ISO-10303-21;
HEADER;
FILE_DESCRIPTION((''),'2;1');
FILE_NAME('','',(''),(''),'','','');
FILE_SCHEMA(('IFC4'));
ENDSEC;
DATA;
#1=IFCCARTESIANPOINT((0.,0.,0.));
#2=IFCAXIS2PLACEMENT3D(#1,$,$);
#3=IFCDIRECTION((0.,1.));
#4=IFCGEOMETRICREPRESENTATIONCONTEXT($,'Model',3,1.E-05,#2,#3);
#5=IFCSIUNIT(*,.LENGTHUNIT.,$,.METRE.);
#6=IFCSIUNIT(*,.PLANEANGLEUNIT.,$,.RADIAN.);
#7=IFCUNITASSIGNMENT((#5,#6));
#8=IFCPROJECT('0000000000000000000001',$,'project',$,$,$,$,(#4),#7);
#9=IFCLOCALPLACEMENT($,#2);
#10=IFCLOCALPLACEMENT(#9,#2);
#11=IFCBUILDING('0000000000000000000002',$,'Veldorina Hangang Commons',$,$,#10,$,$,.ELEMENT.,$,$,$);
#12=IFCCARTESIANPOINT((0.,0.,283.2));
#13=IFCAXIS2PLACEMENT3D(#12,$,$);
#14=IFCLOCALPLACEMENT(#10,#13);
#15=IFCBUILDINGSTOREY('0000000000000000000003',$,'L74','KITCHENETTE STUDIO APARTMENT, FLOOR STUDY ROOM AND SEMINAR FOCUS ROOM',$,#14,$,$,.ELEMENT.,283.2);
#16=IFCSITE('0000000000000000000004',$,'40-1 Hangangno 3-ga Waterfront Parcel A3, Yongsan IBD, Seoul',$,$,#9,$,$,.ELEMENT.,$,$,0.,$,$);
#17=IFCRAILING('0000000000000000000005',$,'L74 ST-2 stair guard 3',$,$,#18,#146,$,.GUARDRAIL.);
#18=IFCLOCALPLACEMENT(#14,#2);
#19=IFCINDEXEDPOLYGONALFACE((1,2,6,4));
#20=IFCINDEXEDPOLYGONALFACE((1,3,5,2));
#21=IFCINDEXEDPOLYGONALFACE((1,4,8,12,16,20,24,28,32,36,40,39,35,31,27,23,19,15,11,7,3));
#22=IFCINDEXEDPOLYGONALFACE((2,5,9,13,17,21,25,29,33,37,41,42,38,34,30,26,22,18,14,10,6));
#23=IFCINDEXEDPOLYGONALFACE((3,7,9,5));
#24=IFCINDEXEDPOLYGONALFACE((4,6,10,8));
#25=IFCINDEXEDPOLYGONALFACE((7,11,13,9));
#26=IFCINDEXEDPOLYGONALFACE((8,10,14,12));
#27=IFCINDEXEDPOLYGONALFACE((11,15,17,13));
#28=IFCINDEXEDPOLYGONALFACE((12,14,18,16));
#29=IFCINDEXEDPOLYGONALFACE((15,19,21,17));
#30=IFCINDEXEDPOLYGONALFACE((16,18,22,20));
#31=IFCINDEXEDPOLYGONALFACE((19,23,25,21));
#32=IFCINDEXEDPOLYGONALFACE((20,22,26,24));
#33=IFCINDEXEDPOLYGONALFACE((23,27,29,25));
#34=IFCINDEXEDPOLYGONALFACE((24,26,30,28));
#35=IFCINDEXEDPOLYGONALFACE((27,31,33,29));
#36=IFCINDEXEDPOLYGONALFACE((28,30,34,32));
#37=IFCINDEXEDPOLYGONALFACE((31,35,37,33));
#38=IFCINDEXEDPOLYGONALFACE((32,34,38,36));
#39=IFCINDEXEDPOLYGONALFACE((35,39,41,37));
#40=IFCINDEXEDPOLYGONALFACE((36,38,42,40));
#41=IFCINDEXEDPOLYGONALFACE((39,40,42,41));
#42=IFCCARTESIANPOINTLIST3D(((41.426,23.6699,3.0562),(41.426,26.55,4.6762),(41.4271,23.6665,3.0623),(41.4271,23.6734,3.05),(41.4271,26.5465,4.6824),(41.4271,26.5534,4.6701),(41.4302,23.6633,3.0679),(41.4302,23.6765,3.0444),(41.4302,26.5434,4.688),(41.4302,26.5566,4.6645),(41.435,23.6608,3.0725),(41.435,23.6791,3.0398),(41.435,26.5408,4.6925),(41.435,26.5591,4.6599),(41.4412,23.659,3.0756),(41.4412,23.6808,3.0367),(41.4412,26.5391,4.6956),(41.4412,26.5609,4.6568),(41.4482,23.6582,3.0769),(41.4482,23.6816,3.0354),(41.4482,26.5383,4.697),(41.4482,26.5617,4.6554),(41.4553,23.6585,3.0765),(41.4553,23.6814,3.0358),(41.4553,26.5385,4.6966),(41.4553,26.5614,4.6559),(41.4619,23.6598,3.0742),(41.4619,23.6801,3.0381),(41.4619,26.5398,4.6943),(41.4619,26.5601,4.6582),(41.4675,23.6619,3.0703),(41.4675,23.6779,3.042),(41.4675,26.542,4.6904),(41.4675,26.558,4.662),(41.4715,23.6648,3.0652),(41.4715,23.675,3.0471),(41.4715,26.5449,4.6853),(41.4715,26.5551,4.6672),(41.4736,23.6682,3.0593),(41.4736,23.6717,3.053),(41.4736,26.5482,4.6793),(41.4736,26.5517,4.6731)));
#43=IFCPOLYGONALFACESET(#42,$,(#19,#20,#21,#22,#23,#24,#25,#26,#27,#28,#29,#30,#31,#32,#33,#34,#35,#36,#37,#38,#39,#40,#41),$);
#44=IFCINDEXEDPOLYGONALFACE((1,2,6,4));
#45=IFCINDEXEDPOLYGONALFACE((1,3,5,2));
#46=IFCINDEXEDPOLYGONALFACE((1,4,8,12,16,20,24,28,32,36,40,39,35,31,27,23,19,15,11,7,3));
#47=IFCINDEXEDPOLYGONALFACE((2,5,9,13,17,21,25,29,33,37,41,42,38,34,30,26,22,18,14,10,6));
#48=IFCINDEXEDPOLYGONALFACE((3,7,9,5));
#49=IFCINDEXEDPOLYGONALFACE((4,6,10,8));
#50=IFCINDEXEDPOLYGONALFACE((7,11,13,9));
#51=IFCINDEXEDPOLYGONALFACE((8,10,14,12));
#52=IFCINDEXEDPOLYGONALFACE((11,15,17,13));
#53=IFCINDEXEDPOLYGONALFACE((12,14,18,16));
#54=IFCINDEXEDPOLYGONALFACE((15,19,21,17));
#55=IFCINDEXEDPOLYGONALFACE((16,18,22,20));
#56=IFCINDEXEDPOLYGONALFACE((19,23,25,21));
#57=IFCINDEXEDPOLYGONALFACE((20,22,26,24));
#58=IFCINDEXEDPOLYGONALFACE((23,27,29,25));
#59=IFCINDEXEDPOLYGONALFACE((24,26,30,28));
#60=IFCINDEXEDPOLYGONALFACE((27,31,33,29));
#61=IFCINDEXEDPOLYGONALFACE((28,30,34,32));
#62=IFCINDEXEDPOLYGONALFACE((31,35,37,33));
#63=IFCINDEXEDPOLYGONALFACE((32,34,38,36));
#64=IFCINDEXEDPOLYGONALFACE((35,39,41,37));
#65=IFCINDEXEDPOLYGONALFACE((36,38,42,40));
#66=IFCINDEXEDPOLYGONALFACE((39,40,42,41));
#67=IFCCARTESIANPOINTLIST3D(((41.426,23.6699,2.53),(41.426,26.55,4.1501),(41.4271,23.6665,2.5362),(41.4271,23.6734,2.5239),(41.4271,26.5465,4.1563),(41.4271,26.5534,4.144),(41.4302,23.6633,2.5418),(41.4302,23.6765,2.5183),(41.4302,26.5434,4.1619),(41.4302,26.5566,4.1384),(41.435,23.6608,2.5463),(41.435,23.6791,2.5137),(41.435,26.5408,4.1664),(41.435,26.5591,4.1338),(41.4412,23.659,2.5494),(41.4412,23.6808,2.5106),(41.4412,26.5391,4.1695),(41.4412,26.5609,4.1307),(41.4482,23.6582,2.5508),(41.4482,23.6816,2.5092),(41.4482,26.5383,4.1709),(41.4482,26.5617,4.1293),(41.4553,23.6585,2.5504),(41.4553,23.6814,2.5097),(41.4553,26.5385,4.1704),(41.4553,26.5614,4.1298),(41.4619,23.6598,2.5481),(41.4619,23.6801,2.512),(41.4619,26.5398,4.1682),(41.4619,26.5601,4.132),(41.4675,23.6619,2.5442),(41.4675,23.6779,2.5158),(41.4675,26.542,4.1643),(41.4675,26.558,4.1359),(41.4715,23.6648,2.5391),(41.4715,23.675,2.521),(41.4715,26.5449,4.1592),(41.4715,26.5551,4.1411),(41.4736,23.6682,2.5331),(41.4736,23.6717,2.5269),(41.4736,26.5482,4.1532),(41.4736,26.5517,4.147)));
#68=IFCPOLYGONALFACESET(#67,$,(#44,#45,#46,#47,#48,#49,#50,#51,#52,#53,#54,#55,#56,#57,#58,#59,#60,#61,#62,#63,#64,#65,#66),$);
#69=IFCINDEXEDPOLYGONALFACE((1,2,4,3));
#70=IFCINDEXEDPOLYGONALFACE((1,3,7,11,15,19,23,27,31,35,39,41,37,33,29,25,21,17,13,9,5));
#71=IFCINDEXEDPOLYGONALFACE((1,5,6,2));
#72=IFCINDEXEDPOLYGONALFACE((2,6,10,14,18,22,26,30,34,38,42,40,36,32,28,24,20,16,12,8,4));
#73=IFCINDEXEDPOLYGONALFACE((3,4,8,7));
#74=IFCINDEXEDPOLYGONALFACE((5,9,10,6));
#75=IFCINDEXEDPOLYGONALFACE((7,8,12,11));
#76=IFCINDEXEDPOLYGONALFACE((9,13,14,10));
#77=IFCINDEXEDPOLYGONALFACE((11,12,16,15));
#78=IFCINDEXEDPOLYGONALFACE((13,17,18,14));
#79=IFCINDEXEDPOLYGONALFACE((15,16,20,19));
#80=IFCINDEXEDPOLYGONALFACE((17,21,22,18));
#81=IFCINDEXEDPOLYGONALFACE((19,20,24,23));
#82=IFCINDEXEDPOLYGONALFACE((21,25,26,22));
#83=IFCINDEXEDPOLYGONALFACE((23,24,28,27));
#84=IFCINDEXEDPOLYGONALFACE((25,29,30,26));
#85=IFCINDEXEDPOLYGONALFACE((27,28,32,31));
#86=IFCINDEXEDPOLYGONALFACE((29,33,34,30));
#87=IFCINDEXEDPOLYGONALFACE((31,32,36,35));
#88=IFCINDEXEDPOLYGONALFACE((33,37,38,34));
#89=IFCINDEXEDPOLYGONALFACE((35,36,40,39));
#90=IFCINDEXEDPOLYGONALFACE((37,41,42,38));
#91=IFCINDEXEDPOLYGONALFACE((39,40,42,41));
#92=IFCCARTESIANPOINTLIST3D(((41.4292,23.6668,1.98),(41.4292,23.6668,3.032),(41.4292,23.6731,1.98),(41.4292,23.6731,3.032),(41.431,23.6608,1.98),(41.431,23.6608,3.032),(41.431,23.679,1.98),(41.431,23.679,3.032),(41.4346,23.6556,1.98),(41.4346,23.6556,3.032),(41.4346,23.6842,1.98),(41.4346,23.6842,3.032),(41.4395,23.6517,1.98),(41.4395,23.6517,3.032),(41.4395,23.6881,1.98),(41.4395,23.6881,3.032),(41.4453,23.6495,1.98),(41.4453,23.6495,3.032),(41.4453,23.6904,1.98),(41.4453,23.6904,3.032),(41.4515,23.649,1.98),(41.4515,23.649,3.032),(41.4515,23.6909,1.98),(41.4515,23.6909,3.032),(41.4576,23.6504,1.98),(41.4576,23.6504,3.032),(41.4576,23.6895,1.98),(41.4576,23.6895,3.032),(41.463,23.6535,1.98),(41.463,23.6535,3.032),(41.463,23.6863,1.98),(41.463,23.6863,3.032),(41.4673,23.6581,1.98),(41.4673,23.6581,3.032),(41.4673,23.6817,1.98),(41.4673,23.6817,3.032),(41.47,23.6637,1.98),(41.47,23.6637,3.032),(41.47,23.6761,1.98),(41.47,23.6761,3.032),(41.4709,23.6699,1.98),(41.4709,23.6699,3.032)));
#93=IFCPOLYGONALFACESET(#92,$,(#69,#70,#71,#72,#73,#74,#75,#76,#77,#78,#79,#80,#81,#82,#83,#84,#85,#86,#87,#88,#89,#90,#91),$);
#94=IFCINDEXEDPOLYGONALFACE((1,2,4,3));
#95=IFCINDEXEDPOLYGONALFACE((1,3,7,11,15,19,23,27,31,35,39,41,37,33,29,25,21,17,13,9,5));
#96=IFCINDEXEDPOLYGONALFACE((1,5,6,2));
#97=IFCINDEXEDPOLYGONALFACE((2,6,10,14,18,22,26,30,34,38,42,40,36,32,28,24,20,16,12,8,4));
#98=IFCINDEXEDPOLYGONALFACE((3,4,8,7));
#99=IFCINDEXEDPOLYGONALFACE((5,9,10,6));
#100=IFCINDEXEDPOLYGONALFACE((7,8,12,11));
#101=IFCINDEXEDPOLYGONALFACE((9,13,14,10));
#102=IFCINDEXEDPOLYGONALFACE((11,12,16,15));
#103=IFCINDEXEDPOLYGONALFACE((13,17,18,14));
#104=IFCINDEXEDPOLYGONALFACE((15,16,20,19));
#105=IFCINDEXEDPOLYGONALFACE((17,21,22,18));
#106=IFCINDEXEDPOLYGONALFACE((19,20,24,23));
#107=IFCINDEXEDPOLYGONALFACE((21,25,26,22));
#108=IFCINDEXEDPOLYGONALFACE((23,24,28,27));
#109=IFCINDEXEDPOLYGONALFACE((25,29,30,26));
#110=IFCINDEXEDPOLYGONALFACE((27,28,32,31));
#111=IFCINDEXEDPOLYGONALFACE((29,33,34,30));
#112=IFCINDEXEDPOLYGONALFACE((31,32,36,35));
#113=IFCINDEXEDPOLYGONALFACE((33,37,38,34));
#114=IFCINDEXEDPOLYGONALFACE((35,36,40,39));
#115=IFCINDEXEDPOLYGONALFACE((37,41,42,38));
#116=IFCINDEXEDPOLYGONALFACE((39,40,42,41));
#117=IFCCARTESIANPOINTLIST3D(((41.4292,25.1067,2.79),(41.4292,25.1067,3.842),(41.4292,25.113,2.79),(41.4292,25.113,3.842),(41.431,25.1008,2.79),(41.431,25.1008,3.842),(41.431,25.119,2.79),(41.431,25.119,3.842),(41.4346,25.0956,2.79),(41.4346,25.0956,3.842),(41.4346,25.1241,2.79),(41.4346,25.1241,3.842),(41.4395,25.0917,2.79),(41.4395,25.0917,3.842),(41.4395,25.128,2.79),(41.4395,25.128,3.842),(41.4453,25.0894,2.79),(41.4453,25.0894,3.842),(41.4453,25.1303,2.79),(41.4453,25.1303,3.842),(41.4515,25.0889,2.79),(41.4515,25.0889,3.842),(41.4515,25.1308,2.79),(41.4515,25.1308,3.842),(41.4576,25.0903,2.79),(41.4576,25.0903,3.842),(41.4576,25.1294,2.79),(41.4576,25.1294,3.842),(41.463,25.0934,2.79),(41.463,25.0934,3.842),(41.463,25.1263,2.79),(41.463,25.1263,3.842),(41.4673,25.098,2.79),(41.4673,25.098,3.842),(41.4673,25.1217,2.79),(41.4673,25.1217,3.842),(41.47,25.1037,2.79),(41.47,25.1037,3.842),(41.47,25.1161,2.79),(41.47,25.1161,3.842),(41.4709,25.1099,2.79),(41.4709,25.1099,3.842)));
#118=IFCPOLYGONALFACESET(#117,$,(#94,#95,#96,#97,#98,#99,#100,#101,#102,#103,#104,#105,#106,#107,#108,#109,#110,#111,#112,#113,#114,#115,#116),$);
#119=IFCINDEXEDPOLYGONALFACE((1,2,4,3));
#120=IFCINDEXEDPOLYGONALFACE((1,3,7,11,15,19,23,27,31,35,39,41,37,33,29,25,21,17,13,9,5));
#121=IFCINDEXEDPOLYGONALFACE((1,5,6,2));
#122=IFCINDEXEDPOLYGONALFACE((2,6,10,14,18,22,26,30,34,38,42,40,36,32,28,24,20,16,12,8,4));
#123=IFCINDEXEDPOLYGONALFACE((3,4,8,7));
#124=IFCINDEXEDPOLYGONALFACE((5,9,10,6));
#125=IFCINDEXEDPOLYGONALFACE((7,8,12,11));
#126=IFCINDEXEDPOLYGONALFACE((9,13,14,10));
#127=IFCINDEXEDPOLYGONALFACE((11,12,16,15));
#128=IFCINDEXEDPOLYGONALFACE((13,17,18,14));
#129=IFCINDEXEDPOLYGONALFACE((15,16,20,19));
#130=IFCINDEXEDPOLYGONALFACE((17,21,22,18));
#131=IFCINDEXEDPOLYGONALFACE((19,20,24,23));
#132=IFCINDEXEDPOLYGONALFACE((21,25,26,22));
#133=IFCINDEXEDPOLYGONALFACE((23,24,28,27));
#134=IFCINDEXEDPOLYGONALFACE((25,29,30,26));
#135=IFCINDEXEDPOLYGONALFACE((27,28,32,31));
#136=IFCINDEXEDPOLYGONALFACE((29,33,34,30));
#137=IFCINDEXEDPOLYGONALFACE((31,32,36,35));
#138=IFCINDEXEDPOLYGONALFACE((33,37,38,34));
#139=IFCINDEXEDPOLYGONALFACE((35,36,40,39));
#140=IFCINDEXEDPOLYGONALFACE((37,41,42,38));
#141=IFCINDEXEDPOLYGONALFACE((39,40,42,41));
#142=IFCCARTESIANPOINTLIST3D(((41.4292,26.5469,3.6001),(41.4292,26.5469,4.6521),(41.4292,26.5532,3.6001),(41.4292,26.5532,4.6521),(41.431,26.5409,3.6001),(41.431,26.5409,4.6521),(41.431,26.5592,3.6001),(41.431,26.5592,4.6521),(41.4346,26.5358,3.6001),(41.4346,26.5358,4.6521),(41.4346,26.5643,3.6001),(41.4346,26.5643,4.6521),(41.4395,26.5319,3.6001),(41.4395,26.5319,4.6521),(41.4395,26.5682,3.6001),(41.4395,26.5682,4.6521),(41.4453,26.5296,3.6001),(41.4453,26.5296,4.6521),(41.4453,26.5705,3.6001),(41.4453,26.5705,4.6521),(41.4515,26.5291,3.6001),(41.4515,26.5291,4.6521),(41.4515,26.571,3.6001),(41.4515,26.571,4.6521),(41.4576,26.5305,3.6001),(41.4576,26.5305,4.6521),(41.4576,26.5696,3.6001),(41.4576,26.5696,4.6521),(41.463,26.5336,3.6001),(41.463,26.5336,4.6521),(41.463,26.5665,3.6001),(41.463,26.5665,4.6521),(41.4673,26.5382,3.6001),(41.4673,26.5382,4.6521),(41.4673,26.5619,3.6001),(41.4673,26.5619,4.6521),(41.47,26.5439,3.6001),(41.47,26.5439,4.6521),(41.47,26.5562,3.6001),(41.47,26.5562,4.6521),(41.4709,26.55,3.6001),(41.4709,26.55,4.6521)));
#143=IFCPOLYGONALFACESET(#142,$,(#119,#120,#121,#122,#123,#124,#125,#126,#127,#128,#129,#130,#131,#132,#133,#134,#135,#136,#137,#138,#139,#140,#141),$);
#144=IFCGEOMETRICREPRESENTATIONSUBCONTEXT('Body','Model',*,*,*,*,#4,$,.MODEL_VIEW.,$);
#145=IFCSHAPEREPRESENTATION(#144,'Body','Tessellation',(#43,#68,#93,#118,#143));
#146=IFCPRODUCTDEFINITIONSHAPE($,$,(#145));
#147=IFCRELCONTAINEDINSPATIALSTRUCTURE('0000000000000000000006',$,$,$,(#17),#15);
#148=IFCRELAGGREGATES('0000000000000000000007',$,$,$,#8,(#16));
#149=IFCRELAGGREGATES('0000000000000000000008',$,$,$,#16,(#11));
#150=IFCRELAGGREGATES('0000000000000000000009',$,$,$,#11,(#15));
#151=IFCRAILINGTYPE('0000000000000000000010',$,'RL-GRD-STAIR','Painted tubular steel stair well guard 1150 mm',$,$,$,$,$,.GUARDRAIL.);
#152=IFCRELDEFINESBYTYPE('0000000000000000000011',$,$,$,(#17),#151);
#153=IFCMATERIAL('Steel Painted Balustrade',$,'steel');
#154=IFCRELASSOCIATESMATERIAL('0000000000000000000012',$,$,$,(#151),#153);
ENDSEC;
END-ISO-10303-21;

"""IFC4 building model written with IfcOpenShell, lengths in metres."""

from ifc_helpers import new_model, si_unit, direction, frame, origin, origin_2d, place, context, subcontext, project, spatial, circle, extrude, material, type_object, element, save


model = new_model("IFC4")

# Units and contexts
model_context = context("Model", 3, precision=1e-05, world=origin(), true_north=direction((0.0, 1.0)))
body_context = subcontext(model_context, "Body", "Model", "MODEL_VIEW")
ifc_project = project(units=[si_unit("LENGTHUNIT", "METRE"), si_unit("PLANEANGLEUNIT", "RADIAN")], contexts=[model_context])

# Site, building, storey
site_placement = place(None, origin())
site = spatial("IfcSite", under=ifc_project, at=site_placement, Name="40-1 Hangangno 3-ga Waterfront Parcel A3, Yongsan IBD, Seoul", CompositionType="ELEMENT", RefElevation=0.0)
building_placement = place(site_placement, origin())
building = spatial("IfcBuilding", under=site, at=building_placement, Name="Veldorina Hangang Commons", CompositionType="ELEMENT")
storey_placement = place(building_placement, frame((0.0, 0.0, 283.2)))
storey = spatial("IfcBuildingStorey", under=building, at=storey_placement, Name="L74", Description="KITCHENETTE STUDIO APARTMENT, FLOOR STUDY ROOM AND SEMINAR FOCUS ROOM", CompositionType="ELEMENT", Elevation=283.2)

# Railing
ifc_material_1 = material(Name="Steel Painted Balustrade", Category="steel")
railing_type_1 = type_object("IfcRailingType", Name="RL-GRD-STAIR", Description="Painted tubular steel stair well guard 1150 mm", PredefinedType="GUARDRAIL", material=ifc_material_1)
railing_1_placement = place(storey_placement, frame((41.45, 23.6699, 1.98)))
element("IfcRailing", 1, at=railing_1_placement, inside=storey, type_object=railing_type_1, Name="L74 ST-2 stair guard 3", PredefinedType="GUARDRAIL", context=body_context, shape_type="SweptSolid", body=[
    extrude(circle(Radius=0.0239, at=origin_2d()), frame((0.0, 0.0, 1.0762), z_axis=(0.0, 0.87157, 0.490272), x_axis=(-1.0, 0.0, 0.0)), (0.0, 0.0, 1.0), 3.3044),
    extrude(circle(Radius=0.0239, at=origin_2d()), frame((0.0, 0.0, 0.55), z_axis=(0.0, 0.87157, 0.490272), x_axis=(-1.0, 0.0, 0.0)), (0.0, 0.0, 1.0), 3.3044),
    extrude(circle(Radius=0.021, at=origin_2d()), origin(), (0.0, 0.0, 1.0), 1.052),
    extrude(circle(Radius=0.021, at=origin_2d()), frame((0.0, 1.4399, 0.8101)), (0.0, 0.0, 1.0), 1.052),
    extrude(circle(Radius=0.021, at=origin_2d()), frame((0.0, 2.8801, 1.6201)), (0.0, 0.0, 1.0), 1.052),
])

save(model, "model.ifc")
